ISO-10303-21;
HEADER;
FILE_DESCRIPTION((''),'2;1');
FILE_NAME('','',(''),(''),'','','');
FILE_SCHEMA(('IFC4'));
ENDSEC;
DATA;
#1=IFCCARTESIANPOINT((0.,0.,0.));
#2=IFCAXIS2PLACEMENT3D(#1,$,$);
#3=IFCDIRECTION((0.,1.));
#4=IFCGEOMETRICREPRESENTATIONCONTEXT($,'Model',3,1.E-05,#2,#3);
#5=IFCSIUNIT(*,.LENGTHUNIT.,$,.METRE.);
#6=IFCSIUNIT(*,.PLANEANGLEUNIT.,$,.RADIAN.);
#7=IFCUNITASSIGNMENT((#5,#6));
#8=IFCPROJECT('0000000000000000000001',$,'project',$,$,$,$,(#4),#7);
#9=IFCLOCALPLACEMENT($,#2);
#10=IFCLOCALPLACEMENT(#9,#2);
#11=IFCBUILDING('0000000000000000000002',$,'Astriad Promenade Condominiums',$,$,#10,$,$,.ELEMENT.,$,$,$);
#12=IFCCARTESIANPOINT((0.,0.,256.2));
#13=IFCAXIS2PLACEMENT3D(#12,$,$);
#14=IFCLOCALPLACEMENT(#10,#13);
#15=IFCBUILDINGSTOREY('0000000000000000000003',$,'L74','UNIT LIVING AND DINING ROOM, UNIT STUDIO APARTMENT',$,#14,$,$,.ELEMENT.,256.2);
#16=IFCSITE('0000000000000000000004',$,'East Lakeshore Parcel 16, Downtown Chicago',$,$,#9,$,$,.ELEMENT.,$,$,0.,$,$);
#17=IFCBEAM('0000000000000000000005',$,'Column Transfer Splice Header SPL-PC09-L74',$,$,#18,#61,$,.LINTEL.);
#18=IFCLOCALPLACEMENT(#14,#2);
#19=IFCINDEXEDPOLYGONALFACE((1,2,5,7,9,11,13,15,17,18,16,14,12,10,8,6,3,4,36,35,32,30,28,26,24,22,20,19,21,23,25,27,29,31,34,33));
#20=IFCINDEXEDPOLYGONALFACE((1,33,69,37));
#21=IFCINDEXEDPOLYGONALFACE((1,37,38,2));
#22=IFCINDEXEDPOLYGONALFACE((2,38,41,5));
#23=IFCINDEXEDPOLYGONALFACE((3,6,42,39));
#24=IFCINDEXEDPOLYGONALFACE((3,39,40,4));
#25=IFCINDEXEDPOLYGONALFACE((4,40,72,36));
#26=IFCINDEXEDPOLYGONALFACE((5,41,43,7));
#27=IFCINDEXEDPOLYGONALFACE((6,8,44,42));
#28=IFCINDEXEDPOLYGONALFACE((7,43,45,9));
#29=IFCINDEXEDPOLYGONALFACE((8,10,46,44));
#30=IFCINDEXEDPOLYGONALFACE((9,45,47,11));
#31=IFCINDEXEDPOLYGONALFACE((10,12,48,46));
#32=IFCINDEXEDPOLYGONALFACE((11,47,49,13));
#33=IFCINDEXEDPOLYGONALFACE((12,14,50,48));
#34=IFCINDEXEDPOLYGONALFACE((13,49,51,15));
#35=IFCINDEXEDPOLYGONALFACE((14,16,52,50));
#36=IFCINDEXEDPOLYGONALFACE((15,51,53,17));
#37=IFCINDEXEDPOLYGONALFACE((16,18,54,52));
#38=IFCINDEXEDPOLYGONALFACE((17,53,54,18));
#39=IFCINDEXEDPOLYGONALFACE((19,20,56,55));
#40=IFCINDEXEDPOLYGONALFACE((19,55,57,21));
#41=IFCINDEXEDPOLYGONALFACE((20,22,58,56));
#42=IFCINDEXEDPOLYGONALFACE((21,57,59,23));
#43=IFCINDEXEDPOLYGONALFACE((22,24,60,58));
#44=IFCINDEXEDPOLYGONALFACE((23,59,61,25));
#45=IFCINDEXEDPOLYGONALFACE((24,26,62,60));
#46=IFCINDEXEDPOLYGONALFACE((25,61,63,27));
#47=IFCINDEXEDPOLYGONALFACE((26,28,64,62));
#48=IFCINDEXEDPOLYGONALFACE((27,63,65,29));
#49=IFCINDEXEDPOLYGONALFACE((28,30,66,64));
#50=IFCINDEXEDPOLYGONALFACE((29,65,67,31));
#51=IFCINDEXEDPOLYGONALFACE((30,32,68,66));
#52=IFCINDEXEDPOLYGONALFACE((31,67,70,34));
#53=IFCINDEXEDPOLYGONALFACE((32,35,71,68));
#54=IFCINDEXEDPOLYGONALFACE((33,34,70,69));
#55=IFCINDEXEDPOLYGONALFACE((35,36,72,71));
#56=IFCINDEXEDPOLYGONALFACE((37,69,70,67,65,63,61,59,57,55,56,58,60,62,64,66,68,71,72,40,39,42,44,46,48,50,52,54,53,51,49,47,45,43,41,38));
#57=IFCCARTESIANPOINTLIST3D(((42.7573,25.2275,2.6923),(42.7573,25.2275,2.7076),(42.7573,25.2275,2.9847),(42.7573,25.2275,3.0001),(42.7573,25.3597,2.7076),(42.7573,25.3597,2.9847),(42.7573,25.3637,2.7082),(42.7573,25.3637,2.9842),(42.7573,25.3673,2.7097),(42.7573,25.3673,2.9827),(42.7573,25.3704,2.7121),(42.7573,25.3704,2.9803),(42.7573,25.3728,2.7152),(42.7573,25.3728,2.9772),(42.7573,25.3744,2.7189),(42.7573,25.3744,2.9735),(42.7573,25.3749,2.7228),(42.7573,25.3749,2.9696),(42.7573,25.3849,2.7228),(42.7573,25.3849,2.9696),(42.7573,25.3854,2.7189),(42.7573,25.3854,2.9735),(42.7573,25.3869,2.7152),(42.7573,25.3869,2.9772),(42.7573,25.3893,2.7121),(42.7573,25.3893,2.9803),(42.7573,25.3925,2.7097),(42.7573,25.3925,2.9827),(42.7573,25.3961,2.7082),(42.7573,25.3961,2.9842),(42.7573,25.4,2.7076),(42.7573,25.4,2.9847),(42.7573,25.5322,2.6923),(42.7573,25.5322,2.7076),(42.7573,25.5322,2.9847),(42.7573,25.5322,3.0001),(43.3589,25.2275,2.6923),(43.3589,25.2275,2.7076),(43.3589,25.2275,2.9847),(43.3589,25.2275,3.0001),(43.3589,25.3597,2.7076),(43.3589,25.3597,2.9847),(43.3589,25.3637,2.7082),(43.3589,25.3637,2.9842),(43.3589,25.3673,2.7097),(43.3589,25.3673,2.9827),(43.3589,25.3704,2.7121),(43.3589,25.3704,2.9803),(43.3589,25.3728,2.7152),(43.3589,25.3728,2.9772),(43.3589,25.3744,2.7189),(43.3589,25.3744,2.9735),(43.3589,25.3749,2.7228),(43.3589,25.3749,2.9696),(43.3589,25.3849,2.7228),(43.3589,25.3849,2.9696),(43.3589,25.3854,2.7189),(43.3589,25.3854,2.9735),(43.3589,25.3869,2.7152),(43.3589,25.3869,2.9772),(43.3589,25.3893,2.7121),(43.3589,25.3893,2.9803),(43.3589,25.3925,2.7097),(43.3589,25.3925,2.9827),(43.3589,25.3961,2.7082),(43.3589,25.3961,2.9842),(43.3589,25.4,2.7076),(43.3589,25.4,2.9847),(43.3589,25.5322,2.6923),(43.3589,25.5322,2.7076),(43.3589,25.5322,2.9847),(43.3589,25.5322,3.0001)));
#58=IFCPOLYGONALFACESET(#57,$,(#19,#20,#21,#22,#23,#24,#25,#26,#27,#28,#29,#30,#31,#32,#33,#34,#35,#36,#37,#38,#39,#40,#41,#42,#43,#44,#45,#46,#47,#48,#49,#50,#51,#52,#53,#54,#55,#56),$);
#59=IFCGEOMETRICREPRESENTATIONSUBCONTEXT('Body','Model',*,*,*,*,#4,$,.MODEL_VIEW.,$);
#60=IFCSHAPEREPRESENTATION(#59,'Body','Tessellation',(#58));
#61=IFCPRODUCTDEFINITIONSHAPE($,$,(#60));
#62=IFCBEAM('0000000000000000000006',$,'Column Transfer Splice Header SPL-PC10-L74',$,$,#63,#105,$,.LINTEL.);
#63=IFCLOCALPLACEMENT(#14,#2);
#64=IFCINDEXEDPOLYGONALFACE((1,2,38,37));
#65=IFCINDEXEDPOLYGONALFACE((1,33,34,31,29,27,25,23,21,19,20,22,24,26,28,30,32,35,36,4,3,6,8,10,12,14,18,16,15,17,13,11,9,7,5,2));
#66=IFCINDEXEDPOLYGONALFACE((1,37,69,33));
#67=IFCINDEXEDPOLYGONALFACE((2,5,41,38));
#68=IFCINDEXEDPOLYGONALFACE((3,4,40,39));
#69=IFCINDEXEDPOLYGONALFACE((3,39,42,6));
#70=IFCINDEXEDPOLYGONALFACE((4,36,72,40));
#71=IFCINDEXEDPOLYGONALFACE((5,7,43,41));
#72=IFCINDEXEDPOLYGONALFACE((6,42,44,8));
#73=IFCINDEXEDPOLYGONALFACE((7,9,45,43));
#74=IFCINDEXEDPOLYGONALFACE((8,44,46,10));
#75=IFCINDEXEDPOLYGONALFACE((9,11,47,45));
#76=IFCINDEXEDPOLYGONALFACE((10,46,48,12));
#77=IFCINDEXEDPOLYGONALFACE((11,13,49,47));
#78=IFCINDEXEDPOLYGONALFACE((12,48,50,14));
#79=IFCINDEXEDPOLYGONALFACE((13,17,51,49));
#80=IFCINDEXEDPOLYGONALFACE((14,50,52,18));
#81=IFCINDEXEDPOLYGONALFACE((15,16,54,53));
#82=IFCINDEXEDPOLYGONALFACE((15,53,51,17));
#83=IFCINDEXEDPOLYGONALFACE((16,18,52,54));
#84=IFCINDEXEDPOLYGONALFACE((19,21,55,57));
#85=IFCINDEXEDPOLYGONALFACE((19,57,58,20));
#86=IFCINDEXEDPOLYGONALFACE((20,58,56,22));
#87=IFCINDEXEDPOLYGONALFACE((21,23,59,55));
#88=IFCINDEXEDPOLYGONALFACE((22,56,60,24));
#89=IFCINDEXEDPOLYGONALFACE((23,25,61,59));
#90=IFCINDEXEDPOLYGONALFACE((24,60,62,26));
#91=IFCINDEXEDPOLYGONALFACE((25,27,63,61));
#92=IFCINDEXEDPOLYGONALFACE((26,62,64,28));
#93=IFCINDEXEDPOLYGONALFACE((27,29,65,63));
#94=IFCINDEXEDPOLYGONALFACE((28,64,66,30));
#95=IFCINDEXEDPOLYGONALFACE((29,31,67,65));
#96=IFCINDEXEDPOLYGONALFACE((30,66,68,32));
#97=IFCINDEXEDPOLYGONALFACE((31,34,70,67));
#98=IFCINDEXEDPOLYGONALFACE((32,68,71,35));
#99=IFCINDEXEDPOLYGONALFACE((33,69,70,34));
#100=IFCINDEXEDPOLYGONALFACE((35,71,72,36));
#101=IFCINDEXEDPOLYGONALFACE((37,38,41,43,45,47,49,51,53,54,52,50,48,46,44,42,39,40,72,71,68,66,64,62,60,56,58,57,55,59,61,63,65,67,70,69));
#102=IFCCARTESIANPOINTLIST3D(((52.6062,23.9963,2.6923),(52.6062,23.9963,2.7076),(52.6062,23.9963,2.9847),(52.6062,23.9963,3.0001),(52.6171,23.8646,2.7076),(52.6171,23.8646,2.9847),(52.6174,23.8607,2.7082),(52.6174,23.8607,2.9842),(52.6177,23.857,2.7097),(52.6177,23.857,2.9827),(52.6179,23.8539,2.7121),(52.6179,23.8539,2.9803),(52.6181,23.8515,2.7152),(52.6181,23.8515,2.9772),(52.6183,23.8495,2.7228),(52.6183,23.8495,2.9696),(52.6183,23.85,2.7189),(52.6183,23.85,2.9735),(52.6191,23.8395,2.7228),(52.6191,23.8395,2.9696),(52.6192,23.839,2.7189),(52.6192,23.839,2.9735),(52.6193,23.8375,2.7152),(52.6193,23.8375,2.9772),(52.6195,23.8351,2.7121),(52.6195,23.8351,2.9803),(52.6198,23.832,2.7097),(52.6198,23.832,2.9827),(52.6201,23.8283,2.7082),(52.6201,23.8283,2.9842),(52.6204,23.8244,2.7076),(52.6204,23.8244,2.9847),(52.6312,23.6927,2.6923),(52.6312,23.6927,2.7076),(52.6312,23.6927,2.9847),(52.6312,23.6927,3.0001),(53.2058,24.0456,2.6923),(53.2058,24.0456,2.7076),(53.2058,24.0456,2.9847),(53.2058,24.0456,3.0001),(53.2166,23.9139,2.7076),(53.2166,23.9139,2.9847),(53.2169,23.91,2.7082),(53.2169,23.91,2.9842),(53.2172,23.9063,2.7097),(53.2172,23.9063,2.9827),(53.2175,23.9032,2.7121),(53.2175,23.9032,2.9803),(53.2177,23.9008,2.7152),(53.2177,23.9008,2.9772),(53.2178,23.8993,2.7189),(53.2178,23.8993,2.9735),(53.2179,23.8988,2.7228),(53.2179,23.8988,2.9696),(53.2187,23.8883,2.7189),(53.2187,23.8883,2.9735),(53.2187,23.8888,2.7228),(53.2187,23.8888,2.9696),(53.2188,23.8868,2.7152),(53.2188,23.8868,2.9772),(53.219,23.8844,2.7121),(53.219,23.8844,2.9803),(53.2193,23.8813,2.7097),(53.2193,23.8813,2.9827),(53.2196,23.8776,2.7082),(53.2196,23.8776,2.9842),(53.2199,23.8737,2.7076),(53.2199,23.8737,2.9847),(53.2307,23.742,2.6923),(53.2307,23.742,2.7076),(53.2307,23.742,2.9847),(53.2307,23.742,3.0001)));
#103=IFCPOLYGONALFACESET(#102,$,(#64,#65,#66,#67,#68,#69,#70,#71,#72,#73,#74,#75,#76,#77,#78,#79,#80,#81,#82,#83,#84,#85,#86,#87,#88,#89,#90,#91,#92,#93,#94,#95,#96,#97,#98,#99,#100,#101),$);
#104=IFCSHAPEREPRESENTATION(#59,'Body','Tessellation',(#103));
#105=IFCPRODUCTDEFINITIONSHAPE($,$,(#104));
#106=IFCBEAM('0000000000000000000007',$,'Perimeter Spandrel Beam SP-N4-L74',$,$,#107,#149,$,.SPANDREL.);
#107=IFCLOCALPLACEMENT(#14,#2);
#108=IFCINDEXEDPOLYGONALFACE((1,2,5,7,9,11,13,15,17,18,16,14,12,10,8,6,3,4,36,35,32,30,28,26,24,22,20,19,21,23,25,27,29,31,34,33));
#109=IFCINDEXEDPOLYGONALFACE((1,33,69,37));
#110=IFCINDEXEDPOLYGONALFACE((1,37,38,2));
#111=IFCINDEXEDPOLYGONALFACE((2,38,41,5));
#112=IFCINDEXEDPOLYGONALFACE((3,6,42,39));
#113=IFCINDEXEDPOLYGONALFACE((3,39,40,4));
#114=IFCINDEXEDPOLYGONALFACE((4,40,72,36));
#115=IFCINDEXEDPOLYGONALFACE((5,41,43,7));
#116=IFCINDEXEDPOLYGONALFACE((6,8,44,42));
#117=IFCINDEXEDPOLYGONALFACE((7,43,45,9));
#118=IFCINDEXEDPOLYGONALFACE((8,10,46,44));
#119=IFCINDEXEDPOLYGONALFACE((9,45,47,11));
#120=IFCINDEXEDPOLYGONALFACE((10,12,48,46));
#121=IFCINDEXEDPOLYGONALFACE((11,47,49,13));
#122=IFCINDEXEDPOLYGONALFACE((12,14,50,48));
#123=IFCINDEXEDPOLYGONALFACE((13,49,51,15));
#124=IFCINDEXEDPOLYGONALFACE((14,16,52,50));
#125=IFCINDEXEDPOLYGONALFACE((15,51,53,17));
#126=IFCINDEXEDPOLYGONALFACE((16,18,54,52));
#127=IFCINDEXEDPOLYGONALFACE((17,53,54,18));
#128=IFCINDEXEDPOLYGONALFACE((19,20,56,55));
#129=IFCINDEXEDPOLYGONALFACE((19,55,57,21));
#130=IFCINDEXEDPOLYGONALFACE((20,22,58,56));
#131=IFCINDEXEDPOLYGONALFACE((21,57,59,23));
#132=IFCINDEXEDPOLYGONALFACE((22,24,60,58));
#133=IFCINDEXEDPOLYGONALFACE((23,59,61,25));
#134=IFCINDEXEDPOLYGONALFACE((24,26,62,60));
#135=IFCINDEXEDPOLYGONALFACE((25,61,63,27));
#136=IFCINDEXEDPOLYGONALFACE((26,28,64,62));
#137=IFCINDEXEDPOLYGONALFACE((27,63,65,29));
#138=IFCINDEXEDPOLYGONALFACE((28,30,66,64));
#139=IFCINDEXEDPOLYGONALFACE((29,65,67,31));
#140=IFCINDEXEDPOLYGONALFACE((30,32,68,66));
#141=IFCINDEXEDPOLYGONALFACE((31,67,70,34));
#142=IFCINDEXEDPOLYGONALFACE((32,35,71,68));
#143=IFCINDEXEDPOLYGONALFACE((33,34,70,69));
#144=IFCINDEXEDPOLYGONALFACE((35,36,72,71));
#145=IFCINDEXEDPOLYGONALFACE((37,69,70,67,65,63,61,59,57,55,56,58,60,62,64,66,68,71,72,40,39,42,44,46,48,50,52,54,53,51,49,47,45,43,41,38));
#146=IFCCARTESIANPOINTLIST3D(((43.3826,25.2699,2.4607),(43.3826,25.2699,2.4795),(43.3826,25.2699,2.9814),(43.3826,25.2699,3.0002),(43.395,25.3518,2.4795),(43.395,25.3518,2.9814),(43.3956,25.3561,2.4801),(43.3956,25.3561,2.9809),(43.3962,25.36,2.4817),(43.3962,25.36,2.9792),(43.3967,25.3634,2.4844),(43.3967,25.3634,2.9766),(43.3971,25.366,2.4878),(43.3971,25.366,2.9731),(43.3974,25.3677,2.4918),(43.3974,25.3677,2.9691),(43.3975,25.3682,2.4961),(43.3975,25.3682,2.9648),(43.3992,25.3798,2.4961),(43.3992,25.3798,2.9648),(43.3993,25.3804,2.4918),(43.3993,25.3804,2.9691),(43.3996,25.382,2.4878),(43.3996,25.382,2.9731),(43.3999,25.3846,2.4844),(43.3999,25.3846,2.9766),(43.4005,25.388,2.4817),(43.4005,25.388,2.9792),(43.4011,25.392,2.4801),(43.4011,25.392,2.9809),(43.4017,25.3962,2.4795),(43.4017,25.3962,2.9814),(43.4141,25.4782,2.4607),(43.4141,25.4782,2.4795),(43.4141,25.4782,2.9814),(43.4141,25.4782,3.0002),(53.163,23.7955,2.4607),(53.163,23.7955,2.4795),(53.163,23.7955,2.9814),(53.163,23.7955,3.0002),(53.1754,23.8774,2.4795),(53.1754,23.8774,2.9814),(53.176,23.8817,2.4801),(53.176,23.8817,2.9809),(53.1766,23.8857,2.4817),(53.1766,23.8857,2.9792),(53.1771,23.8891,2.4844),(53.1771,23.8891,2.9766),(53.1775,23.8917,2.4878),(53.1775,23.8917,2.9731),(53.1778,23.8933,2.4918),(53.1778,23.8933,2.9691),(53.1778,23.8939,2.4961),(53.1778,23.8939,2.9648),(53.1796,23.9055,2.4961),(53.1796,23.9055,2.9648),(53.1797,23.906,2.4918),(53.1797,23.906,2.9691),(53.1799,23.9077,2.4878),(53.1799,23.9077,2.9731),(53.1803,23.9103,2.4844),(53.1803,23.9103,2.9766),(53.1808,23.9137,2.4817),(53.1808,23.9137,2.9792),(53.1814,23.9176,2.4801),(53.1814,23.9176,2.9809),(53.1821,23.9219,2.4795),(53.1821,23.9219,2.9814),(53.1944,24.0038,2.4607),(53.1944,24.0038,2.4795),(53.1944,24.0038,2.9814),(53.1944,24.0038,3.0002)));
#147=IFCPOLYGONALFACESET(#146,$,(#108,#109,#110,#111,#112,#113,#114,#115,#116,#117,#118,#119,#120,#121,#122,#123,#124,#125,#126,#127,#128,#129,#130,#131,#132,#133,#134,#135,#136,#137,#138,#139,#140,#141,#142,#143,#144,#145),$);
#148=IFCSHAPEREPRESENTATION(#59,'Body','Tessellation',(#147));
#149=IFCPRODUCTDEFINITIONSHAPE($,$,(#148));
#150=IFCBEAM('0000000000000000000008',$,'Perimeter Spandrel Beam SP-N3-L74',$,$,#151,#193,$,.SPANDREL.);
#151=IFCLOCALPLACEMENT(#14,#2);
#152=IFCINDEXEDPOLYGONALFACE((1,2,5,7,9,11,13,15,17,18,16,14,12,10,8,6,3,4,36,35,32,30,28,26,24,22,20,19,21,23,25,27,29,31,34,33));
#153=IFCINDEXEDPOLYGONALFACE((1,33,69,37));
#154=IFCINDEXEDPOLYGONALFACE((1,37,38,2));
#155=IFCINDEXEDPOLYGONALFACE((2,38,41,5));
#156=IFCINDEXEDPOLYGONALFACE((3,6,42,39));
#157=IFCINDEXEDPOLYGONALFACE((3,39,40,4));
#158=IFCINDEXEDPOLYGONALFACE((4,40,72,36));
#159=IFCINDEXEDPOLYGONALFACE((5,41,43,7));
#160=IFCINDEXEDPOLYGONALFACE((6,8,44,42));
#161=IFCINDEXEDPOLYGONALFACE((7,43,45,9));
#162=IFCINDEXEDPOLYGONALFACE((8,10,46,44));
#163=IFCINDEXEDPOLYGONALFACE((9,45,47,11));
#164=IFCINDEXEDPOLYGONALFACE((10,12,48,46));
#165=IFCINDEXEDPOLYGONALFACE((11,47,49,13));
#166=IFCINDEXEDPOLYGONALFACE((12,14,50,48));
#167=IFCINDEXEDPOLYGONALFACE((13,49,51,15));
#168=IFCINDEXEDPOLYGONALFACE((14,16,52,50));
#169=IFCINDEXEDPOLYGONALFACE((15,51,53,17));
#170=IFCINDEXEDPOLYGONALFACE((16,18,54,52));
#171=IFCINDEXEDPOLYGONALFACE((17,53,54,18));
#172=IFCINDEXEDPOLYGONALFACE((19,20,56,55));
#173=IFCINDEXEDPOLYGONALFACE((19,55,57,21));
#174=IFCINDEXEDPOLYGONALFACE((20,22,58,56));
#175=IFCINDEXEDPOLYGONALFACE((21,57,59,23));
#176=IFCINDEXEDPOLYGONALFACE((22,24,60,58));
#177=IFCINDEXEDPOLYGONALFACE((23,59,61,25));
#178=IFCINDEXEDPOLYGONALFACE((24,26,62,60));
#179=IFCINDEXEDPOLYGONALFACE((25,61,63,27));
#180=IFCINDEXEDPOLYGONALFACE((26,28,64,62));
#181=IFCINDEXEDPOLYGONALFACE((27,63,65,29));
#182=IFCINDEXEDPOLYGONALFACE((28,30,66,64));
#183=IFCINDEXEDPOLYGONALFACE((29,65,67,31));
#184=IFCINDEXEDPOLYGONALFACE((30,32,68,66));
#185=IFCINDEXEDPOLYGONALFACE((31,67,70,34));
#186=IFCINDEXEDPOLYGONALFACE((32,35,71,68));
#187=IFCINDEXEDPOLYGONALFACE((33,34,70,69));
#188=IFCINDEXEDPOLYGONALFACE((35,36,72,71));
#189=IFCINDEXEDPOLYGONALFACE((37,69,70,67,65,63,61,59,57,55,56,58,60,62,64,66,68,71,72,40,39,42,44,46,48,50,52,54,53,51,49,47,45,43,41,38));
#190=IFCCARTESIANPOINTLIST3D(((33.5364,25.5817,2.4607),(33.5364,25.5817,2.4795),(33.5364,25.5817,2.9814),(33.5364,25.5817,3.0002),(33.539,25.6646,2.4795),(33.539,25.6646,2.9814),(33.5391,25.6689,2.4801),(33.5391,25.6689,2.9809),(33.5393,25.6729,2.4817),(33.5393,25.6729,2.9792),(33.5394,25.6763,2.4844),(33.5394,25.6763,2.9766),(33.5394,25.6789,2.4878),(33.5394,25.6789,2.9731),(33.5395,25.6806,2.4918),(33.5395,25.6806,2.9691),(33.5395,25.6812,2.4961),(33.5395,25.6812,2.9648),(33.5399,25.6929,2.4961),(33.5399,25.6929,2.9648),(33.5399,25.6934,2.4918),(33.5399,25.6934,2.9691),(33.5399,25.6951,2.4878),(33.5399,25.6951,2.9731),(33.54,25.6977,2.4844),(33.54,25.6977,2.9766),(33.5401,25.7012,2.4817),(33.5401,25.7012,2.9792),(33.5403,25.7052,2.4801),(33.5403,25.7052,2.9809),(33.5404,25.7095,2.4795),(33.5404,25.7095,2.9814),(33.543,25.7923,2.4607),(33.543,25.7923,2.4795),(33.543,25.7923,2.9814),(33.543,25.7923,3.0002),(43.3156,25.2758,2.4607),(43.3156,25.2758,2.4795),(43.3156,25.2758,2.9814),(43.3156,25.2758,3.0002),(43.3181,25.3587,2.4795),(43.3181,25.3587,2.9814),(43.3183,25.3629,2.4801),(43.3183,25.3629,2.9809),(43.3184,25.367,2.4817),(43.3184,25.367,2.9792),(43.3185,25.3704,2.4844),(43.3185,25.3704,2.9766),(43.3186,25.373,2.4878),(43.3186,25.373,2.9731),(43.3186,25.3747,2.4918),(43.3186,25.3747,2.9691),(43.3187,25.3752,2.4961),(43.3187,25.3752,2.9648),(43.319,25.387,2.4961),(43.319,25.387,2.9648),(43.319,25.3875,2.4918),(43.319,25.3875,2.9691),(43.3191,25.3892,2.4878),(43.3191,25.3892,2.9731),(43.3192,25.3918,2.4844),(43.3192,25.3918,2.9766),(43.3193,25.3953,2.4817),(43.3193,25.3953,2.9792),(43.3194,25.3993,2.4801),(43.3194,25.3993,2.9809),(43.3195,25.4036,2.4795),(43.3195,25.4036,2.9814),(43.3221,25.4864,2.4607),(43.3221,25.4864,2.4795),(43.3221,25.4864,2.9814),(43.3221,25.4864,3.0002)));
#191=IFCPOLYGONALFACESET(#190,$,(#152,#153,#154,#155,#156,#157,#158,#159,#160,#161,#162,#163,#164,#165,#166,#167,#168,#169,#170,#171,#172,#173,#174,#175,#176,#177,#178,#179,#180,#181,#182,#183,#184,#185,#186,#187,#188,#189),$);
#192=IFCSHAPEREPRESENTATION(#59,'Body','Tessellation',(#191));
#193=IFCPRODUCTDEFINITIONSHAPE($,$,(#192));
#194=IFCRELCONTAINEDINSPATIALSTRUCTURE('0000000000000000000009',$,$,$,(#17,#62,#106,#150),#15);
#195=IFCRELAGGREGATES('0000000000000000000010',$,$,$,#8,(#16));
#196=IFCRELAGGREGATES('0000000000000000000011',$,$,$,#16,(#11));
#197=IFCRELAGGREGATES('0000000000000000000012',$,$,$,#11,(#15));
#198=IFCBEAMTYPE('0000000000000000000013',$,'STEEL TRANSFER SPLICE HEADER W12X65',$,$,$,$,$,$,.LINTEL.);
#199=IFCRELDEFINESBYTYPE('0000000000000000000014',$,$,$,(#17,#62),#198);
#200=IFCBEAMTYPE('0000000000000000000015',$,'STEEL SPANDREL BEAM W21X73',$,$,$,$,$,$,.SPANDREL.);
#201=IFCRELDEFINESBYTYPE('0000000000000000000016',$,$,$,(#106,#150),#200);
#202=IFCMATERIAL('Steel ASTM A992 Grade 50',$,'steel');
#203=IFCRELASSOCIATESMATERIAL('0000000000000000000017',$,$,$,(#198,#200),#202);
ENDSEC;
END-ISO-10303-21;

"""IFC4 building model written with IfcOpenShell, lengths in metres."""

from ifc_helpers import new_model, si_unit, direction, frame, origin, origin_2d, place, context, subcontext, project, spatial, i_section, extrude, source, transform, mapped, material, material_profile, profile_set, type_object, type_shapes, element, save


model = new_model("IFC4")

# Units and contexts
model_context = context("Model", 3, precision=1e-05, world=origin(), true_north=direction((0.0, 1.0)))
body_context = subcontext(model_context, "Body", "Model", "MODEL_VIEW")
ifc_project = project(units=[si_unit("LENGTHUNIT", "METRE"), si_unit("PLANEANGLEUNIT", "RADIAN")], contexts=[model_context])

# Site, building, storey
site_placement = place(None, origin())
site = spatial("IfcSite", under=ifc_project, at=site_placement, Name="East Lakeshore Parcel 16, Downtown Chicago", CompositionType="ELEMENT", RefElevation=0.0)
building_placement = place(site_placement, origin())
building = spatial("IfcBuilding", under=site, at=building_placement, Name="Astriad Promenade Condominiums", CompositionType="ELEMENT")
storey_placement = place(building_placement, frame((0.0, 0.0, 256.2)))
storey = spatial("IfcBuildingStorey", under=building, at=storey_placement, Name="L74", Description="UNIT LIVING AND DINING ROOM, UNIT STUDIO APARTMENT", CompositionType="ELEMENT", Elevation=256.2)

# Shared definitions
ifc_material_1 = material(Name="Steel ASTM A992 Grade 50", Category="steel")

# Beams
ifc_material_profile_1 = material_profile(ifc_material_1, i_section(OverallWidth=0.3047, OverallDepth=0.3079, WebThickness=0.01, FlangeThickness=0.0154, FilletRadius=0.0151, at=origin_2d()), Name="W12X65")
ifc_profile_set_1 = profile_set([ifc_material_profile_1], Name="Steel ASTM A992 Grade 50")
beam_type_1 = type_object("IfcBeamType", Name="STEEL TRANSFER SPLICE HEADER W12X65", PredefinedType="LINTEL", material=ifc_profile_set_1)
shared_shape_1 = source(origin(), body_context, "Body", "SweptSolid", [
    extrude(i_section(OverallWidth=0.3047, OverallDepth=0.3079, WebThickness=0.01, FlangeThickness=0.0154, FilletRadius=0.0151, at=origin_2d()), origin(), (0.0, 0.0, 1.0), 0.6016),
])
type_shapes(beam_type_1, [shared_shape_1])
for number, where, z_axis, x_axis, name in (
    (1, (43.3589, 25.3799, 2.8462), (-1.0, 0.0, 0.0), (0.0, -1.0, 0.0), "Column Transfer Splice Header SPL-PC09-L74"),
    (2, (53.2183, 23.8938, 2.8462), (-0.996635, -0.081971, 0.0), (0.081971, -0.996635, 0.0), "Column Transfer Splice Header SPL-PC10-L74"),
):
    element("IfcBeam", number, at=place(storey_placement, frame(where, z_axis=z_axis, x_axis=x_axis)), inside=storey, type_object=beam_type_1, Name=name, PredefinedType="LINTEL", context=body_context, shape_type="MappedRepresentation", body=[
        mapped(shared_shape_1, transform((0.0, 0.0, 0.0), scale=1.0)),
    ])
ifc_material_profile_2 = material_profile(ifc_material_1, i_section(OverallWidth=0.2107, OverallDepth=0.5396, WebThickness=0.0117, FlangeThickness=0.0188, FilletRadius=0.0166, at=origin_2d()), Name="W21X73")
ifc_profile_set_2 = profile_set([ifc_material_profile_2], Name="Steel ASTM A992 Grade 50")
beam_type_2 = type_object("IfcBeamType", Name="STEEL SPANDREL BEAM W21X73", PredefinedType="SPANDREL", material=ifc_profile_set_2)
shared_shape_2 = source(origin(), body_context, "Body", "SweptSolid", [
    extrude(i_section(OverallWidth=0.2107, OverallDepth=0.5396, WebThickness=0.0117, FlangeThickness=0.0188, FilletRadius=0.0166, at=origin_2d()), origin(), (0.0, 0.0, 1.0), 9.8909),
])
beam_1_placement = place(storey_placement, frame((53.1787, 23.8997, 2.7305), z_axis=(-0.988827, 0.149065, 0.0), x_axis=(-0.149065, -0.988827, 0.0)))
element("IfcBeam", 3, at=beam_1_placement, inside=storey, type_object=beam_type_2, Name="Perimeter Spandrel Beam SP-N4-L74", PredefinedType="SPANDREL", context=body_context, shape_type="MappedRepresentation", body=[
    mapped(shared_shape_2, transform((0.0, 0.0, 0.0), scale=1.0)),
])
shared_shape_3 = source(origin(), body_context, "Body", "SweptSolid", [
    extrude(i_section(OverallWidth=0.2107, OverallDepth=0.5396, WebThickness=0.0117, FlangeThickness=0.0188, FilletRadius=0.0166, at=origin_2d()), origin(), (0.0, 0.0, 1.0), 9.7839),
])
type_shapes(beam_type_2, [shared_shape_2, shared_shape_3])
beam_2_placement = place(storey_placement, frame((43.3188, 25.3811, 2.7305), z_axis=(-0.999511, 0.031267, 0.0), x_axis=(-0.031267, -0.999511, 0.0)))
element("IfcBeam", 4, at=beam_2_placement, inside=storey, type_object=beam_type_2, Name="Perimeter Spandrel Beam SP-N3-L74", PredefinedType="SPANDREL", context=body_context, shape_type="MappedRepresentation", body=[
    mapped(shared_shape_3, transform((0.0, 0.0, 0.0), scale=1.0)),
])

save(model, "model.ifc")
